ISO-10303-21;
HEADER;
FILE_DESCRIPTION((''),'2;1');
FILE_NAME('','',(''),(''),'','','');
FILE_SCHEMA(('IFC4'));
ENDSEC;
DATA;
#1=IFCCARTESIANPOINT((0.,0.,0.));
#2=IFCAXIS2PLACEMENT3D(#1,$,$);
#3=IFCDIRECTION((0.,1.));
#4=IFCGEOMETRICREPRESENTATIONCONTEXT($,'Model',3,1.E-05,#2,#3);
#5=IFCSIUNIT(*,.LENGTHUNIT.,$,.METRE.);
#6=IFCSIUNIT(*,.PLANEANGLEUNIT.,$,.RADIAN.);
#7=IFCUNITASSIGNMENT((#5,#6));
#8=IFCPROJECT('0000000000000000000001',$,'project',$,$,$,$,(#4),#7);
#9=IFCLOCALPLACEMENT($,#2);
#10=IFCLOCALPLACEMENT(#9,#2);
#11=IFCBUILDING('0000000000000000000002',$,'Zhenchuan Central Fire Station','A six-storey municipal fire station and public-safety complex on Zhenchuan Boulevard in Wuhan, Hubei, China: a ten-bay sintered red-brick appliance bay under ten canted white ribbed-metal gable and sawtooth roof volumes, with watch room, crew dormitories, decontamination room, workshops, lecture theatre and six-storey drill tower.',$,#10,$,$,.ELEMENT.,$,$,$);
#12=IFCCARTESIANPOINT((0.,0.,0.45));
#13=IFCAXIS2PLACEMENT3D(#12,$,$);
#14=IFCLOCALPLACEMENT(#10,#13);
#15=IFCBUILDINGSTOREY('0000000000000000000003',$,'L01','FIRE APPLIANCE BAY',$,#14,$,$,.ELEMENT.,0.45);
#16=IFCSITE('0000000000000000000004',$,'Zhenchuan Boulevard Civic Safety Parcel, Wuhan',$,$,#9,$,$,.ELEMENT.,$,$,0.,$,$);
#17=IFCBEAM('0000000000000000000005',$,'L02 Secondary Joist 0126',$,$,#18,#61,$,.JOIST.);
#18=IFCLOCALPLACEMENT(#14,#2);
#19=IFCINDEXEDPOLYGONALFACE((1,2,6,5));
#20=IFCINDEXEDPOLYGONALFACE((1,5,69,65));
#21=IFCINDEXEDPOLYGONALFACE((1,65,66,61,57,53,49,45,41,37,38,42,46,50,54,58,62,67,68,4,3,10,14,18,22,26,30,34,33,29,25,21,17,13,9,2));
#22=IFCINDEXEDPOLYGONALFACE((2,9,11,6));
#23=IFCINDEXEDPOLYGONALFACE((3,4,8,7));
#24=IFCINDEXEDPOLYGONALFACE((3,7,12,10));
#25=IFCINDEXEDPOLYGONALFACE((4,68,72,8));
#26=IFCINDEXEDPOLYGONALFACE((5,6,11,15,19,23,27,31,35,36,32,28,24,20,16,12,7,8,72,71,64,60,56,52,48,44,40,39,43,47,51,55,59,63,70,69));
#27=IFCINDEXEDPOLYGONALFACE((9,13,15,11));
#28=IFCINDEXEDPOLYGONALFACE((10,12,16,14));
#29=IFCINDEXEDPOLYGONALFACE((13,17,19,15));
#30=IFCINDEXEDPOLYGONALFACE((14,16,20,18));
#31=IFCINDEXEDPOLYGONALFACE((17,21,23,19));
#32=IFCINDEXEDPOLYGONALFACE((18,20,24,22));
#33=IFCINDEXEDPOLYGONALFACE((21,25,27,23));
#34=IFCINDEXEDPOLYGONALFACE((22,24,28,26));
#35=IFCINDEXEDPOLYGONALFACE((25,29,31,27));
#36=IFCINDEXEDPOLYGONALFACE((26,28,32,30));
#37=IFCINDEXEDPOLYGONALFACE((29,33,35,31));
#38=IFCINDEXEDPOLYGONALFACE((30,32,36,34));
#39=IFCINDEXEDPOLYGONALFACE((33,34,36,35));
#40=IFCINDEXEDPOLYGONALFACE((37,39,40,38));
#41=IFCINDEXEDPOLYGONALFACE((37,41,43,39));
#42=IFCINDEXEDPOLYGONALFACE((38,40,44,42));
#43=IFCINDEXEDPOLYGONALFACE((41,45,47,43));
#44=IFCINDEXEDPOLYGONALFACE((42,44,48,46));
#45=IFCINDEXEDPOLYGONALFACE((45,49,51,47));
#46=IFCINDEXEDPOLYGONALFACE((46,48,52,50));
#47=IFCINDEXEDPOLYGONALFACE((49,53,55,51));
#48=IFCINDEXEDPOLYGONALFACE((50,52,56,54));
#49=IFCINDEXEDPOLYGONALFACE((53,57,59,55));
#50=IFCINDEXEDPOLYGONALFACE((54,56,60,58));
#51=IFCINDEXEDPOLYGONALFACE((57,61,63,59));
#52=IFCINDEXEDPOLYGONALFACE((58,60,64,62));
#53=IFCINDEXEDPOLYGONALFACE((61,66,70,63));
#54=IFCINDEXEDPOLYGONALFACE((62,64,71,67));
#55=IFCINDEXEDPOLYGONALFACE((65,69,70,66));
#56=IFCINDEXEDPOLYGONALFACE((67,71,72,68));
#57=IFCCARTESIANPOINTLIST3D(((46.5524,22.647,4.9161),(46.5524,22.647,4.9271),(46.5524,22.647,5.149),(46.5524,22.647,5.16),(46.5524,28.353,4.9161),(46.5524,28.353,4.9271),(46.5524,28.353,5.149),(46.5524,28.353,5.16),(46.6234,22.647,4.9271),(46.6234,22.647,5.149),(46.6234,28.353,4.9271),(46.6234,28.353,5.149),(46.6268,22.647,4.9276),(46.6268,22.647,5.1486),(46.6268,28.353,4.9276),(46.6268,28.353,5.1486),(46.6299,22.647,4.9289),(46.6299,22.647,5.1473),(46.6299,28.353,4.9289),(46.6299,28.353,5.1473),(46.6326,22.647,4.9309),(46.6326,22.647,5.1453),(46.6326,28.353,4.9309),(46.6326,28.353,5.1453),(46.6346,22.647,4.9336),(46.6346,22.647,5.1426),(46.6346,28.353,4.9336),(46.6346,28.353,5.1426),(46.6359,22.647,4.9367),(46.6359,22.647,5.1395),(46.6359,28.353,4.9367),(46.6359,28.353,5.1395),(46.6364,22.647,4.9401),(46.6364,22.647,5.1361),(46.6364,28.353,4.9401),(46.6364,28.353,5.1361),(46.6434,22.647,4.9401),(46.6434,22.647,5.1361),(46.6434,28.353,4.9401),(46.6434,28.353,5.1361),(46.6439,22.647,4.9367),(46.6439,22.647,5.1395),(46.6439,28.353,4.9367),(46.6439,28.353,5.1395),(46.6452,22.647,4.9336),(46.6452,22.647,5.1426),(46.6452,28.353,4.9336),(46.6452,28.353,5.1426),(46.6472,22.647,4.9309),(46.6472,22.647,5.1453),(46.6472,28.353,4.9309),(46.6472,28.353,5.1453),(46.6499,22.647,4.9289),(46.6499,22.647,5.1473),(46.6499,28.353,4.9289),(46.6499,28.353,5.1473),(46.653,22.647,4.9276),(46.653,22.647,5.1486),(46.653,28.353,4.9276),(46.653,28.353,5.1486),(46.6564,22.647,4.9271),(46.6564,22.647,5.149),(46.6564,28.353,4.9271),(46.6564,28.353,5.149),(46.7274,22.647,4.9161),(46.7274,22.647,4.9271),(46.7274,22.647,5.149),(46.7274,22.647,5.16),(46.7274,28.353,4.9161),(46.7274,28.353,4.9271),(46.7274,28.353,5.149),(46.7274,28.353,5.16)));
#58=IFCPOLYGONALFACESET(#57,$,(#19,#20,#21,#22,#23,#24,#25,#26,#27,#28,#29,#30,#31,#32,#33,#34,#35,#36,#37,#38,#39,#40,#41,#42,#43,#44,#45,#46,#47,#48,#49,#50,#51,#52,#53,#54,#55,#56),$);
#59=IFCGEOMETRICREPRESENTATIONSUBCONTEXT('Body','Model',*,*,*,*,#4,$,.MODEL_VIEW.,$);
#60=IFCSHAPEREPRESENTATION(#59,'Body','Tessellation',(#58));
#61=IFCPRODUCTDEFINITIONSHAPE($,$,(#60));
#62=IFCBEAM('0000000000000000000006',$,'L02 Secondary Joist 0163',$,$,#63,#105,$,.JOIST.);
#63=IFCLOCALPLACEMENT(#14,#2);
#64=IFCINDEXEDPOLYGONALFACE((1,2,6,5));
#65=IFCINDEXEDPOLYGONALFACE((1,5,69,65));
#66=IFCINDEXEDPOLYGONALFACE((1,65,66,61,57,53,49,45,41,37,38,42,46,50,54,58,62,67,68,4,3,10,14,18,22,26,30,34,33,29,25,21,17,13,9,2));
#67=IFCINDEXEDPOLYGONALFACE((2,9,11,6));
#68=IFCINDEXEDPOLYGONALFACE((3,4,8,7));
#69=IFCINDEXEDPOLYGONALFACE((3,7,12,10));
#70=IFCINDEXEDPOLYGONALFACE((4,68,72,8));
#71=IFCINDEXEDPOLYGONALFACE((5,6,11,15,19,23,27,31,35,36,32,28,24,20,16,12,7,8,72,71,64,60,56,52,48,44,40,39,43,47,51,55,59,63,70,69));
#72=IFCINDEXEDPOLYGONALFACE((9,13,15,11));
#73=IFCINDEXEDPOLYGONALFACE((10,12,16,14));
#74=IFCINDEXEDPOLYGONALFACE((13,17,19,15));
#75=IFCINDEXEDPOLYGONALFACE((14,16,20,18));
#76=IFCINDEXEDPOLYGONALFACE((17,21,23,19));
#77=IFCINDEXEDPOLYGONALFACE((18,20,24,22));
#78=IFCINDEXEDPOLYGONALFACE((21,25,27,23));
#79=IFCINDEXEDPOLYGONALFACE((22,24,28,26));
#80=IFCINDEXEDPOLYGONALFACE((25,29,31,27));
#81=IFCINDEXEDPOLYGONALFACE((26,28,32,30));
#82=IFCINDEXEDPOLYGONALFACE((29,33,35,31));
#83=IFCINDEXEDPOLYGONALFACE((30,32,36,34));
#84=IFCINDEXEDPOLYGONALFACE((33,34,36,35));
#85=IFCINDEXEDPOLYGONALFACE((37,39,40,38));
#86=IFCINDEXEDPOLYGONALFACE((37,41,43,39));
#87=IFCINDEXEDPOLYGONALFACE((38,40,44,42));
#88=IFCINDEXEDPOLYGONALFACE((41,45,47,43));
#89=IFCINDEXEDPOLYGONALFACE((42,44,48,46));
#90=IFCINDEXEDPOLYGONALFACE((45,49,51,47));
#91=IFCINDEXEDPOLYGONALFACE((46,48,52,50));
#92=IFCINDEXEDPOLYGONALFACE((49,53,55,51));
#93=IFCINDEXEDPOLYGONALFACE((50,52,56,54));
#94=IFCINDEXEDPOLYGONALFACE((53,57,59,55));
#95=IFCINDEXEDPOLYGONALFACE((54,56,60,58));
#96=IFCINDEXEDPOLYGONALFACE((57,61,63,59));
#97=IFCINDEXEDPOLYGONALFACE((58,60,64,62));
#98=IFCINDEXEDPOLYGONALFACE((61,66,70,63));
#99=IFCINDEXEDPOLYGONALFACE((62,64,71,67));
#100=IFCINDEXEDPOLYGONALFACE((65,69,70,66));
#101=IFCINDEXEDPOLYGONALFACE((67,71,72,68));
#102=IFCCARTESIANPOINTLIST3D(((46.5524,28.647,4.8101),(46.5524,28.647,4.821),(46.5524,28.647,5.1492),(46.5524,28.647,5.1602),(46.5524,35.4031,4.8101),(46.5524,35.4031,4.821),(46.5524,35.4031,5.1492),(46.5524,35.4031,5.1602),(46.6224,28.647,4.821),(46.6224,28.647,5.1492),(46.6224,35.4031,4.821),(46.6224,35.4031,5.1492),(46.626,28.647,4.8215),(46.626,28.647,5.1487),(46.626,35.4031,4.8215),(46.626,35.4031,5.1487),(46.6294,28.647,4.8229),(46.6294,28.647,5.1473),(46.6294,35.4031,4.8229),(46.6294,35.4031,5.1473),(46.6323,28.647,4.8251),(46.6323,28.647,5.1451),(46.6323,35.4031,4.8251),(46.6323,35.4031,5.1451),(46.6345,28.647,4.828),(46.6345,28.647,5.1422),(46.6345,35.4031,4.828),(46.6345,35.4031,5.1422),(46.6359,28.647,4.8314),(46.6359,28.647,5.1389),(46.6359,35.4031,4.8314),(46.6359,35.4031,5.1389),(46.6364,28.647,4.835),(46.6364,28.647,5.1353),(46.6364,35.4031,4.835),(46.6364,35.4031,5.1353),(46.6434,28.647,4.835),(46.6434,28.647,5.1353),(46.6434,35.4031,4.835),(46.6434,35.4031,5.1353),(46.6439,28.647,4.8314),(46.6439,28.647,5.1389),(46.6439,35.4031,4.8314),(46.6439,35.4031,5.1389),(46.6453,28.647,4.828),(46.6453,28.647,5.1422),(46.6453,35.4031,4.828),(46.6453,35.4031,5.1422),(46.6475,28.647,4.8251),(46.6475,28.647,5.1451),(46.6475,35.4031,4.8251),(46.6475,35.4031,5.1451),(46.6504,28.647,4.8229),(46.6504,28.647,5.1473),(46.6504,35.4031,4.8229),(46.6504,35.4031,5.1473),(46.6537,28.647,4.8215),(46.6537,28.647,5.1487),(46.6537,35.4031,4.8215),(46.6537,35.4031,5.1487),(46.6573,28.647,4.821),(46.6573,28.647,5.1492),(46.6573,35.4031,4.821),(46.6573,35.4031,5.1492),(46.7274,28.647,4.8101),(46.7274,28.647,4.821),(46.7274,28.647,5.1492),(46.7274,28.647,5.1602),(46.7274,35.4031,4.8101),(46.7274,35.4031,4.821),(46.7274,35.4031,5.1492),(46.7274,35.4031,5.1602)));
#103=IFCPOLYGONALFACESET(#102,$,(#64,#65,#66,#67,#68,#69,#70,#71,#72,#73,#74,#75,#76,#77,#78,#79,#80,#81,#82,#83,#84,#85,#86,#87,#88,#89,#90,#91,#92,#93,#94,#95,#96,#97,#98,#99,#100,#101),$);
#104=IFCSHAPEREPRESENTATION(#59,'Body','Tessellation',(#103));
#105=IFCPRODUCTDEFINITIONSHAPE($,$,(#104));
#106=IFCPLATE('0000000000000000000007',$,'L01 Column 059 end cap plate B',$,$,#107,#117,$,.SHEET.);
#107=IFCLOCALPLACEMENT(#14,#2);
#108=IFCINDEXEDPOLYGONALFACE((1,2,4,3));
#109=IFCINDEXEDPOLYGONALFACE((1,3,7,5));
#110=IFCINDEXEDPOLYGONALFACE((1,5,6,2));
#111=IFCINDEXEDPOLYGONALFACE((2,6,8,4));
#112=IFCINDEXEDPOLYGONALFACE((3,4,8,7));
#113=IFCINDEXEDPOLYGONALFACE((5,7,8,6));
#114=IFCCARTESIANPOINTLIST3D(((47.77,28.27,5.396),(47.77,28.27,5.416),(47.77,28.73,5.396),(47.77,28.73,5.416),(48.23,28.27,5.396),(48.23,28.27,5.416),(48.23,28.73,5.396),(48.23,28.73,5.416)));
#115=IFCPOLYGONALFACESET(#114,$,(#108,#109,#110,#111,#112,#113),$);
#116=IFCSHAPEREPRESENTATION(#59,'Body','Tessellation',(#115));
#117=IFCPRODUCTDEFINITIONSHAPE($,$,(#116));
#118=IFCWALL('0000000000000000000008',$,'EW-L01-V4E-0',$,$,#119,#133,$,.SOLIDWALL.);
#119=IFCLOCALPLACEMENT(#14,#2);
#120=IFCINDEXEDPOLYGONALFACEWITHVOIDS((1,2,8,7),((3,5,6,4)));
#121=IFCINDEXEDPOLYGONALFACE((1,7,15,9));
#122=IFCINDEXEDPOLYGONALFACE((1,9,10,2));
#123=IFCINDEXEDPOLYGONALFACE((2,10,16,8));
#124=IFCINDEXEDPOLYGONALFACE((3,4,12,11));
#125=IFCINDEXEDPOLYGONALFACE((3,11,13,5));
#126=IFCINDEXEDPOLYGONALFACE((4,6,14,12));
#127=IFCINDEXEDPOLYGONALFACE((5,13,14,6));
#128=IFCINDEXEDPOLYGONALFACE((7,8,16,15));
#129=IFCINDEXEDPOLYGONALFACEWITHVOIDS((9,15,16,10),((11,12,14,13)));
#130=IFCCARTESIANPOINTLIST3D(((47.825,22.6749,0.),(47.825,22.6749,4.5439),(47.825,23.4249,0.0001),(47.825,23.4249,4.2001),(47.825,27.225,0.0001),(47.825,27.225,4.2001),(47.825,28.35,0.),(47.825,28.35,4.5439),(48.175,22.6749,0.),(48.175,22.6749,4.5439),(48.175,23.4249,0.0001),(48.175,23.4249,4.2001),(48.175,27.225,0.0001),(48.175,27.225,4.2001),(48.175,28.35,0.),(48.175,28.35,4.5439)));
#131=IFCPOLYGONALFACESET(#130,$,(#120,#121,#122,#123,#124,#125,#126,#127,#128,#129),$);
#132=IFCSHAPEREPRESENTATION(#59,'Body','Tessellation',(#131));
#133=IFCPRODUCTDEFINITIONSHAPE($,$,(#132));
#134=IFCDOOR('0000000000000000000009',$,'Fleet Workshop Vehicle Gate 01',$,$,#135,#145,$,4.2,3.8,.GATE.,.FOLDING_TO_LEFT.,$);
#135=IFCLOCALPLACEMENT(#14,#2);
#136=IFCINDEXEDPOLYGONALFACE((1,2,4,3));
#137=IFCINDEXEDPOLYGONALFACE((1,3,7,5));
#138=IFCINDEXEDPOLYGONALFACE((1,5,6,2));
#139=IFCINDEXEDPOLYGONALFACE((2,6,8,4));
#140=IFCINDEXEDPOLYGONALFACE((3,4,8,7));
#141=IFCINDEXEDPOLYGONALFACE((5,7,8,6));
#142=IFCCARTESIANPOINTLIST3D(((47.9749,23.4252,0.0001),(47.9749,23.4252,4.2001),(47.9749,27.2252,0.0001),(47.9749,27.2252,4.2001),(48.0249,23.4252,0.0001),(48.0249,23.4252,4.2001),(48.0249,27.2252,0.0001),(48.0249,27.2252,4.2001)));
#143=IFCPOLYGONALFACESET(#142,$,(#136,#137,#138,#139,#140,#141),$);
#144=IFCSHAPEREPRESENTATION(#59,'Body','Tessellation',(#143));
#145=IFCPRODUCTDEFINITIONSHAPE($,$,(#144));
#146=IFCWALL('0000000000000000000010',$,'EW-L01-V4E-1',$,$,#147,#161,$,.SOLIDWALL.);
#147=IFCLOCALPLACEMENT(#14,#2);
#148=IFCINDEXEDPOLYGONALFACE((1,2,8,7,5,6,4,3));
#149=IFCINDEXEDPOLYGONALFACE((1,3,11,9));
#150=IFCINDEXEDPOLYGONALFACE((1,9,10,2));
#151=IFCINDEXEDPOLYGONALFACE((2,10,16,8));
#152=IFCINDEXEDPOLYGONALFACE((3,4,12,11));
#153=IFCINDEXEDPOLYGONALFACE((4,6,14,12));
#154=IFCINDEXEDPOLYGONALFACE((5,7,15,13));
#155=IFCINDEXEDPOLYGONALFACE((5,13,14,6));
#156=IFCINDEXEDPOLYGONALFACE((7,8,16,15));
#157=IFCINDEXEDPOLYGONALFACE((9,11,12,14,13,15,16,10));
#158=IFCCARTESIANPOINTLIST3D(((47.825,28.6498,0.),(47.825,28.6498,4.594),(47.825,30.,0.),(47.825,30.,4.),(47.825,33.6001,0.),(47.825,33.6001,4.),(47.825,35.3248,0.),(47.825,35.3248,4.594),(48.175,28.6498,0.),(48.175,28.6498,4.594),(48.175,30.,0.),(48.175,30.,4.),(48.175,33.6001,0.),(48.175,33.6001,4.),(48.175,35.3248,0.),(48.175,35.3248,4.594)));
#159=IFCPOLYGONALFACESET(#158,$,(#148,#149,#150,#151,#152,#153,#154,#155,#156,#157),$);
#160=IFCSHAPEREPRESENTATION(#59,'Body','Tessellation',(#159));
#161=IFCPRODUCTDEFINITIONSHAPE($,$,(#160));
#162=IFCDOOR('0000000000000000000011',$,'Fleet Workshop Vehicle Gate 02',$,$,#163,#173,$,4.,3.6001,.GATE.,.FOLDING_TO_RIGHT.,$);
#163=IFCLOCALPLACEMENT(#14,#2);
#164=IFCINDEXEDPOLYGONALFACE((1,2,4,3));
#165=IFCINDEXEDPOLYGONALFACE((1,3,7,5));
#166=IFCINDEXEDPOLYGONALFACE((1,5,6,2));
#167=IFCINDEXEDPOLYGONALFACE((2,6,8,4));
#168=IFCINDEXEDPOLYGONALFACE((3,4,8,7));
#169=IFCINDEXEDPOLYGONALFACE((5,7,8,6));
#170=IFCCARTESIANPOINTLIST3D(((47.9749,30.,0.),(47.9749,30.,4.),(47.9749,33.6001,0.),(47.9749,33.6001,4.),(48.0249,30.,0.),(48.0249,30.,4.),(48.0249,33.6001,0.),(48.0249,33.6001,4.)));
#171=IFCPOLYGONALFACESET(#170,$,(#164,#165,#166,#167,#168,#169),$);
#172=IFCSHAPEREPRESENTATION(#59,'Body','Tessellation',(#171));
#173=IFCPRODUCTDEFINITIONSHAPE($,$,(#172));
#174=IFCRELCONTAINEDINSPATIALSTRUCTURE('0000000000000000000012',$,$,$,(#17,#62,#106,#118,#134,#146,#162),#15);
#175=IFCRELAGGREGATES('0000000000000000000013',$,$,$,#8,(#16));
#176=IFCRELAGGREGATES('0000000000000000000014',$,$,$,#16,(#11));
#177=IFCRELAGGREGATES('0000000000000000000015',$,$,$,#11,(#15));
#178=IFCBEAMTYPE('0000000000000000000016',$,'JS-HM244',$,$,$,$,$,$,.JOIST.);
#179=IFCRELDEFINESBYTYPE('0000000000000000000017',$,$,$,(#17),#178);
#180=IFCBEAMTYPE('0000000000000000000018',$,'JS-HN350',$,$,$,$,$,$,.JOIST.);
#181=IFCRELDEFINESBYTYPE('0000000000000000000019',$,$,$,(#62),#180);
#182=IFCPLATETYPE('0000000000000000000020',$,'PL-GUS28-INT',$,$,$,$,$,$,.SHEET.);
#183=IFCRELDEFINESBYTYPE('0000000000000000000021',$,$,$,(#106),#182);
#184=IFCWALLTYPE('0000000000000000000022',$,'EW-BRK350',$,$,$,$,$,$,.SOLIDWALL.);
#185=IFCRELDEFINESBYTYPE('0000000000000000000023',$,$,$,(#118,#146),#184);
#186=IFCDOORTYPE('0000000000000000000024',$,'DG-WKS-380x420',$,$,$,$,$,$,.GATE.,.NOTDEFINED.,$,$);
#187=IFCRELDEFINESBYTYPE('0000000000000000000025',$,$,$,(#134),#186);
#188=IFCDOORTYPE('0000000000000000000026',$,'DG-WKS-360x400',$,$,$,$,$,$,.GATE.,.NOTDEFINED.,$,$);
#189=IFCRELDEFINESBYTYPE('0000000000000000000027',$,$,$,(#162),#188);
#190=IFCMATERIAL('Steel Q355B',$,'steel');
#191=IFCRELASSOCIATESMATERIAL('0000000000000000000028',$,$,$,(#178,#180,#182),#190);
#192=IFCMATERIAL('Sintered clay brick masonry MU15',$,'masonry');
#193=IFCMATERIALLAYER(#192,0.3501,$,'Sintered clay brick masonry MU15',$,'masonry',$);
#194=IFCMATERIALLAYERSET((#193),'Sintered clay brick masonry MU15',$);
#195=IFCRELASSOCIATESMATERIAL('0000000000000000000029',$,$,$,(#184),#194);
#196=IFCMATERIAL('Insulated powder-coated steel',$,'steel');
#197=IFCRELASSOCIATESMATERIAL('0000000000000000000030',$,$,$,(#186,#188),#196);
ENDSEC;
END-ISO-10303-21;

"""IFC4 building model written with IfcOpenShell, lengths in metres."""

from ifc_helpers import new_model, si_unit, direction, frame, frame_2d, origin, origin_2d, place, context, subcontext, project, spatial, rectangle, i_section, extrude, material, layer, layer_set, material_profile, profile_set, type_object, element, fill, save


model = new_model("IFC4")

# Units and contexts
model_context = context("Model", 3, precision=1e-05, world=origin(), true_north=direction((0.0, 1.0)))
body_context = subcontext(model_context, "Body", "Model", "MODEL_VIEW")
ifc_project = project(units=[si_unit("LENGTHUNIT", "METRE"), si_unit("PLANEANGLEUNIT", "RADIAN")], contexts=[model_context])

# Site, building, storey
site_placement = place(None, origin())
site = spatial("IfcSite", under=ifc_project, at=site_placement, Name="Zhenchuan Boulevard Civic Safety Parcel, Wuhan", CompositionType="ELEMENT", RefElevation=0.0)
building_placement = place(site_placement, origin())
building = spatial("IfcBuilding", under=site, at=building_placement, Name="Zhenchuan Central Fire Station", Description="A six-storey municipal fire station and public-safety complex on Zhenchuan Boulevard in Wuhan, Hubei, China: a ten-bay sintered red-brick appliance bay under ten canted white ribbed-metal gable and sawtooth roof volumes, with watch room, crew dormitories, decontamination room, workshops, lecture theatre and six-storey drill tower.", CompositionType="ELEMENT")
storey_placement = place(building_placement, frame((0.0, 0.0, 0.45)))
storey = spatial("IfcBuildingStorey", under=building, at=storey_placement, Name="L01", Description="FIRE APPLIANCE BAY", CompositionType="ELEMENT", Elevation=0.45)

# Shared definitions
ifc_material_1 = material(Name="Steel Q355B", Category="steel")

# Beams
ifc_material_profile_1 = material_profile(ifc_material_1, i_section(OverallWidth=0.175, OverallDepth=0.2439, WebThickness=0.0071, FlangeThickness=0.011, FilletRadius=0.0129, at=origin_2d()), Name="HM 244x175")
ifc_profile_set_1 = profile_set([ifc_material_profile_1], Name="Steel Q355B")
beam_type_1 = type_object("IfcBeamType", Name="JS-HM244", PredefinedType="JOIST", material=ifc_profile_set_1)
beam_1_placement = place(storey_placement, frame((46.6399, 22.647, 5.0381), z_axis=(0.0, 1.0, 0.0), x_axis=(-1.0, 0.0, 0.0)))
element("IfcBeam", 1, at=beam_1_placement, inside=storey, type_object=beam_type_1, Name="L02 Secondary Joist 0126", PredefinedType="JOIST", context=body_context, shape_type="SweptSolid", body=[
    extrude(i_section(OverallWidth=0.175, OverallDepth=0.2439, WebThickness=0.0071, FlangeThickness=0.011, FilletRadius=0.0129, at=origin_2d()), origin(), (0.0, 0.0, 1.0), 5.7061),
])
ifc_material_profile_2 = material_profile(ifc_material_1, i_section(OverallWidth=0.175, OverallDepth=0.3501, WebThickness=0.0071, FlangeThickness=0.011, FilletRadius=0.0139, at=origin_2d()), Name="HN 350x175")
ifc_profile_set_2 = profile_set([ifc_material_profile_2], Name="Steel Q355B")
beam_type_2 = type_object("IfcBeamType", Name="JS-HN350", PredefinedType="JOIST", material=ifc_profile_set_2)
beam_2_placement = place(storey_placement, frame((46.6399, 28.647, 4.9851), z_axis=(0.0, 1.0, 0.0), x_axis=(-1.0, 0.0, 0.0)))
element("IfcBeam", 2, at=beam_2_placement, inside=storey, type_object=beam_type_2, Name="L02 Secondary Joist 0163", PredefinedType="JOIST", context=body_context, shape_type="SweptSolid", body=[
    extrude(i_section(OverallWidth=0.175, OverallDepth=0.3501, WebThickness=0.0071, FlangeThickness=0.011, FilletRadius=0.0139, at=origin_2d()), origin(), (0.0, 0.0, 1.0), 6.7561),
])

# Plate
ifc_material_profile_3 = material_profile(ifc_material_1, rectangle(XDim=0.46, YDim=0.46, at=origin_2d()), Name="PL 460x460x28")
ifc_profile_set_3 = profile_set([ifc_material_profile_3], Name="Steel Q355B")
plate_type = type_object("IfcPlateType", Name="PL-GUS28-INT", PredefinedType="SHEET", material=ifc_profile_set_3)
plate_placement = place(storey_placement, frame((48.0, 28.5, 5.396), z_axis=(0.0, 0.0, 1.0), x_axis=(1.0, 0.0, 0.0)))
element("IfcPlate", 3, at=plate_placement, inside=storey, type_object=plate_type, Name="L01 Column 059 end cap plate B", PredefinedType="SHEET", context=body_context, shape_type="SweptSolid", body=[
    extrude(rectangle(XDim=0.46, YDim=0.46, at=origin_2d()), origin(), (0.0, 0.0, 1.0), 0.02),
])

# Walls, openings, doors
ifc_material_2 = material(Name="Sintered clay brick masonry MU15", Category="masonry")
ifc_layer_1 = layer(ifc_material_2, 0.3501, Name="Sintered clay brick masonry MU15", Category="masonry")
ifc_layer_set_1 = layer_set([ifc_layer_1], Name="Sintered clay brick masonry MU15")
wall_type_1 = type_object("IfcWallType", Name="EW-BRK350", PredefinedType="SOLIDWALL", material=ifc_layer_set_1)
wall_1_placement = place(storey_placement, frame((48.0, 22.675, 0.0), z_axis=(0.0, 0.0, 1.0), x_axis=(0.0, 1.0, 0.0)))
wall_1 = element("IfcWall", 4, at=wall_1_placement, inside=storey, type_object=wall_type_1, Name="EW-L01-V4E-0", PredefinedType="SOLIDWALL", context=body_context, shape_type="SweptSolid", body=[
    extrude(rectangle(XDim=5.675, YDim=0.3501, at=frame_2d((2.8374, 0.0))), origin(), (0.0, 0.0, 1.0), 4.5439),
])
opening_1_placement = place(wall_1_placement, frame((0.75, 0.0, 0.0)))
opening_1 = element("IfcOpeningElement", 5, at=opening_1_placement, cuts=wall_1, PredefinedType="OPENING", context=body_context, shape_type="SweptSolid", body=[
    extrude(rectangle(XDim=3.8, YDim=4.2, at=frame_2d((1.8999, 2.1001))), frame((0.0, 0.1851, 0.0), z_axis=(0.0, -1.0, 0.0), x_axis=(1.0, 0.0, 0.0)), (0.0, 0.0, 1.0), 0.3701),
])
ifc_material_3 = material(Name="Insulated powder-coated steel", Category="steel")
door_type_1 = type_object("IfcDoorType", Name="DG-WKS-380x420", OperationType="NOTDEFINED", PredefinedType="GATE", material=ifc_material_3)
door_1_placement = place(opening_1_placement, frame((3.8, 0.0, 0.0), z_axis=(0.0, 0.0, 1.0), x_axis=(-1.0, 0.0, 0.0)))
door_1 = element("IfcDoor", 6, at=door_1_placement, inside=storey, type_object=door_type_1, Name="Fleet Workshop Vehicle Gate 01", OperationType="FOLDING_TO_LEFT", OverallHeight=4.2, OverallWidth=3.8, PredefinedType="GATE", context=body_context, shape_type="SweptSolid", body=[
    extrude(rectangle(XDim=3.8, YDim=4.2, at=frame_2d((1.8999, 2.1001))), frame((0.0, 0.0249, 0.0), z_axis=(0.0, -1.0, 0.0), x_axis=(1.0, 0.0, 0.0)), (0.0, 0.0, 1.0), 0.05),
])
fill(opening_1, door_1)
wall_2_placement = place(storey_placement, frame((48.0, 28.6499, 0.0), z_axis=(0.0, 0.0, 1.0), x_axis=(0.0, 1.0, 0.0)))
wall_2 = element("IfcWall", 7, at=wall_2_placement, inside=storey, type_object=wall_type_1, Name="EW-L01-V4E-1", PredefinedType="SOLIDWALL", context=body_context, shape_type="SweptSolid", body=[
    extrude(rectangle(XDim=6.675, YDim=0.3501, at=frame_2d((3.3374, 0.0))), origin(), (0.0, 0.0, 1.0), 4.594),
])
opening_2_placement = place(wall_2_placement, frame((1.3501, 0.0, 0.0)))
opening_2 = element("IfcOpeningElement", 8, at=opening_2_placement, cuts=wall_2, PredefinedType="OPENING", context=body_context, shape_type="SweptSolid", body=[
    extrude(rectangle(XDim=3.6001, YDim=4.0, at=frame_2d((1.8, 2.0))), frame((0.0, 0.1851, 0.0), z_axis=(0.0, -1.0, 0.0), x_axis=(1.0, 0.0, 0.0)), (0.0, 0.0, 1.0), 0.3701),
])
door_type_2 = type_object("IfcDoorType", Name="DG-WKS-360x400", OperationType="NOTDEFINED", PredefinedType="GATE", material=ifc_material_3)
door_2_placement = place(opening_2_placement, frame((3.6001, 0.0, 0.0), z_axis=(0.0, 0.0, 1.0), x_axis=(-1.0, 0.0, 0.0)))
door_2 = element("IfcDoor", 9, at=door_2_placement, inside=storey, type_object=door_type_2, Name="Fleet Workshop Vehicle Gate 02", OperationType="FOLDING_TO_RIGHT", OverallHeight=4.0, OverallWidth=3.6001, PredefinedType="GATE", context=body_context, shape_type="SweptSolid", body=[
    extrude(rectangle(XDim=3.6001, YDim=4.0, at=frame_2d((1.8, 2.0))), frame((0.0, 0.0249, 0.0), z_axis=(0.0, -1.0, 0.0), x_axis=(1.0, 0.0, 0.0)), (0.0, 0.0, 1.0), 0.05),
])
fill(opening_2, door_2)

save(model, "model.ifc")
